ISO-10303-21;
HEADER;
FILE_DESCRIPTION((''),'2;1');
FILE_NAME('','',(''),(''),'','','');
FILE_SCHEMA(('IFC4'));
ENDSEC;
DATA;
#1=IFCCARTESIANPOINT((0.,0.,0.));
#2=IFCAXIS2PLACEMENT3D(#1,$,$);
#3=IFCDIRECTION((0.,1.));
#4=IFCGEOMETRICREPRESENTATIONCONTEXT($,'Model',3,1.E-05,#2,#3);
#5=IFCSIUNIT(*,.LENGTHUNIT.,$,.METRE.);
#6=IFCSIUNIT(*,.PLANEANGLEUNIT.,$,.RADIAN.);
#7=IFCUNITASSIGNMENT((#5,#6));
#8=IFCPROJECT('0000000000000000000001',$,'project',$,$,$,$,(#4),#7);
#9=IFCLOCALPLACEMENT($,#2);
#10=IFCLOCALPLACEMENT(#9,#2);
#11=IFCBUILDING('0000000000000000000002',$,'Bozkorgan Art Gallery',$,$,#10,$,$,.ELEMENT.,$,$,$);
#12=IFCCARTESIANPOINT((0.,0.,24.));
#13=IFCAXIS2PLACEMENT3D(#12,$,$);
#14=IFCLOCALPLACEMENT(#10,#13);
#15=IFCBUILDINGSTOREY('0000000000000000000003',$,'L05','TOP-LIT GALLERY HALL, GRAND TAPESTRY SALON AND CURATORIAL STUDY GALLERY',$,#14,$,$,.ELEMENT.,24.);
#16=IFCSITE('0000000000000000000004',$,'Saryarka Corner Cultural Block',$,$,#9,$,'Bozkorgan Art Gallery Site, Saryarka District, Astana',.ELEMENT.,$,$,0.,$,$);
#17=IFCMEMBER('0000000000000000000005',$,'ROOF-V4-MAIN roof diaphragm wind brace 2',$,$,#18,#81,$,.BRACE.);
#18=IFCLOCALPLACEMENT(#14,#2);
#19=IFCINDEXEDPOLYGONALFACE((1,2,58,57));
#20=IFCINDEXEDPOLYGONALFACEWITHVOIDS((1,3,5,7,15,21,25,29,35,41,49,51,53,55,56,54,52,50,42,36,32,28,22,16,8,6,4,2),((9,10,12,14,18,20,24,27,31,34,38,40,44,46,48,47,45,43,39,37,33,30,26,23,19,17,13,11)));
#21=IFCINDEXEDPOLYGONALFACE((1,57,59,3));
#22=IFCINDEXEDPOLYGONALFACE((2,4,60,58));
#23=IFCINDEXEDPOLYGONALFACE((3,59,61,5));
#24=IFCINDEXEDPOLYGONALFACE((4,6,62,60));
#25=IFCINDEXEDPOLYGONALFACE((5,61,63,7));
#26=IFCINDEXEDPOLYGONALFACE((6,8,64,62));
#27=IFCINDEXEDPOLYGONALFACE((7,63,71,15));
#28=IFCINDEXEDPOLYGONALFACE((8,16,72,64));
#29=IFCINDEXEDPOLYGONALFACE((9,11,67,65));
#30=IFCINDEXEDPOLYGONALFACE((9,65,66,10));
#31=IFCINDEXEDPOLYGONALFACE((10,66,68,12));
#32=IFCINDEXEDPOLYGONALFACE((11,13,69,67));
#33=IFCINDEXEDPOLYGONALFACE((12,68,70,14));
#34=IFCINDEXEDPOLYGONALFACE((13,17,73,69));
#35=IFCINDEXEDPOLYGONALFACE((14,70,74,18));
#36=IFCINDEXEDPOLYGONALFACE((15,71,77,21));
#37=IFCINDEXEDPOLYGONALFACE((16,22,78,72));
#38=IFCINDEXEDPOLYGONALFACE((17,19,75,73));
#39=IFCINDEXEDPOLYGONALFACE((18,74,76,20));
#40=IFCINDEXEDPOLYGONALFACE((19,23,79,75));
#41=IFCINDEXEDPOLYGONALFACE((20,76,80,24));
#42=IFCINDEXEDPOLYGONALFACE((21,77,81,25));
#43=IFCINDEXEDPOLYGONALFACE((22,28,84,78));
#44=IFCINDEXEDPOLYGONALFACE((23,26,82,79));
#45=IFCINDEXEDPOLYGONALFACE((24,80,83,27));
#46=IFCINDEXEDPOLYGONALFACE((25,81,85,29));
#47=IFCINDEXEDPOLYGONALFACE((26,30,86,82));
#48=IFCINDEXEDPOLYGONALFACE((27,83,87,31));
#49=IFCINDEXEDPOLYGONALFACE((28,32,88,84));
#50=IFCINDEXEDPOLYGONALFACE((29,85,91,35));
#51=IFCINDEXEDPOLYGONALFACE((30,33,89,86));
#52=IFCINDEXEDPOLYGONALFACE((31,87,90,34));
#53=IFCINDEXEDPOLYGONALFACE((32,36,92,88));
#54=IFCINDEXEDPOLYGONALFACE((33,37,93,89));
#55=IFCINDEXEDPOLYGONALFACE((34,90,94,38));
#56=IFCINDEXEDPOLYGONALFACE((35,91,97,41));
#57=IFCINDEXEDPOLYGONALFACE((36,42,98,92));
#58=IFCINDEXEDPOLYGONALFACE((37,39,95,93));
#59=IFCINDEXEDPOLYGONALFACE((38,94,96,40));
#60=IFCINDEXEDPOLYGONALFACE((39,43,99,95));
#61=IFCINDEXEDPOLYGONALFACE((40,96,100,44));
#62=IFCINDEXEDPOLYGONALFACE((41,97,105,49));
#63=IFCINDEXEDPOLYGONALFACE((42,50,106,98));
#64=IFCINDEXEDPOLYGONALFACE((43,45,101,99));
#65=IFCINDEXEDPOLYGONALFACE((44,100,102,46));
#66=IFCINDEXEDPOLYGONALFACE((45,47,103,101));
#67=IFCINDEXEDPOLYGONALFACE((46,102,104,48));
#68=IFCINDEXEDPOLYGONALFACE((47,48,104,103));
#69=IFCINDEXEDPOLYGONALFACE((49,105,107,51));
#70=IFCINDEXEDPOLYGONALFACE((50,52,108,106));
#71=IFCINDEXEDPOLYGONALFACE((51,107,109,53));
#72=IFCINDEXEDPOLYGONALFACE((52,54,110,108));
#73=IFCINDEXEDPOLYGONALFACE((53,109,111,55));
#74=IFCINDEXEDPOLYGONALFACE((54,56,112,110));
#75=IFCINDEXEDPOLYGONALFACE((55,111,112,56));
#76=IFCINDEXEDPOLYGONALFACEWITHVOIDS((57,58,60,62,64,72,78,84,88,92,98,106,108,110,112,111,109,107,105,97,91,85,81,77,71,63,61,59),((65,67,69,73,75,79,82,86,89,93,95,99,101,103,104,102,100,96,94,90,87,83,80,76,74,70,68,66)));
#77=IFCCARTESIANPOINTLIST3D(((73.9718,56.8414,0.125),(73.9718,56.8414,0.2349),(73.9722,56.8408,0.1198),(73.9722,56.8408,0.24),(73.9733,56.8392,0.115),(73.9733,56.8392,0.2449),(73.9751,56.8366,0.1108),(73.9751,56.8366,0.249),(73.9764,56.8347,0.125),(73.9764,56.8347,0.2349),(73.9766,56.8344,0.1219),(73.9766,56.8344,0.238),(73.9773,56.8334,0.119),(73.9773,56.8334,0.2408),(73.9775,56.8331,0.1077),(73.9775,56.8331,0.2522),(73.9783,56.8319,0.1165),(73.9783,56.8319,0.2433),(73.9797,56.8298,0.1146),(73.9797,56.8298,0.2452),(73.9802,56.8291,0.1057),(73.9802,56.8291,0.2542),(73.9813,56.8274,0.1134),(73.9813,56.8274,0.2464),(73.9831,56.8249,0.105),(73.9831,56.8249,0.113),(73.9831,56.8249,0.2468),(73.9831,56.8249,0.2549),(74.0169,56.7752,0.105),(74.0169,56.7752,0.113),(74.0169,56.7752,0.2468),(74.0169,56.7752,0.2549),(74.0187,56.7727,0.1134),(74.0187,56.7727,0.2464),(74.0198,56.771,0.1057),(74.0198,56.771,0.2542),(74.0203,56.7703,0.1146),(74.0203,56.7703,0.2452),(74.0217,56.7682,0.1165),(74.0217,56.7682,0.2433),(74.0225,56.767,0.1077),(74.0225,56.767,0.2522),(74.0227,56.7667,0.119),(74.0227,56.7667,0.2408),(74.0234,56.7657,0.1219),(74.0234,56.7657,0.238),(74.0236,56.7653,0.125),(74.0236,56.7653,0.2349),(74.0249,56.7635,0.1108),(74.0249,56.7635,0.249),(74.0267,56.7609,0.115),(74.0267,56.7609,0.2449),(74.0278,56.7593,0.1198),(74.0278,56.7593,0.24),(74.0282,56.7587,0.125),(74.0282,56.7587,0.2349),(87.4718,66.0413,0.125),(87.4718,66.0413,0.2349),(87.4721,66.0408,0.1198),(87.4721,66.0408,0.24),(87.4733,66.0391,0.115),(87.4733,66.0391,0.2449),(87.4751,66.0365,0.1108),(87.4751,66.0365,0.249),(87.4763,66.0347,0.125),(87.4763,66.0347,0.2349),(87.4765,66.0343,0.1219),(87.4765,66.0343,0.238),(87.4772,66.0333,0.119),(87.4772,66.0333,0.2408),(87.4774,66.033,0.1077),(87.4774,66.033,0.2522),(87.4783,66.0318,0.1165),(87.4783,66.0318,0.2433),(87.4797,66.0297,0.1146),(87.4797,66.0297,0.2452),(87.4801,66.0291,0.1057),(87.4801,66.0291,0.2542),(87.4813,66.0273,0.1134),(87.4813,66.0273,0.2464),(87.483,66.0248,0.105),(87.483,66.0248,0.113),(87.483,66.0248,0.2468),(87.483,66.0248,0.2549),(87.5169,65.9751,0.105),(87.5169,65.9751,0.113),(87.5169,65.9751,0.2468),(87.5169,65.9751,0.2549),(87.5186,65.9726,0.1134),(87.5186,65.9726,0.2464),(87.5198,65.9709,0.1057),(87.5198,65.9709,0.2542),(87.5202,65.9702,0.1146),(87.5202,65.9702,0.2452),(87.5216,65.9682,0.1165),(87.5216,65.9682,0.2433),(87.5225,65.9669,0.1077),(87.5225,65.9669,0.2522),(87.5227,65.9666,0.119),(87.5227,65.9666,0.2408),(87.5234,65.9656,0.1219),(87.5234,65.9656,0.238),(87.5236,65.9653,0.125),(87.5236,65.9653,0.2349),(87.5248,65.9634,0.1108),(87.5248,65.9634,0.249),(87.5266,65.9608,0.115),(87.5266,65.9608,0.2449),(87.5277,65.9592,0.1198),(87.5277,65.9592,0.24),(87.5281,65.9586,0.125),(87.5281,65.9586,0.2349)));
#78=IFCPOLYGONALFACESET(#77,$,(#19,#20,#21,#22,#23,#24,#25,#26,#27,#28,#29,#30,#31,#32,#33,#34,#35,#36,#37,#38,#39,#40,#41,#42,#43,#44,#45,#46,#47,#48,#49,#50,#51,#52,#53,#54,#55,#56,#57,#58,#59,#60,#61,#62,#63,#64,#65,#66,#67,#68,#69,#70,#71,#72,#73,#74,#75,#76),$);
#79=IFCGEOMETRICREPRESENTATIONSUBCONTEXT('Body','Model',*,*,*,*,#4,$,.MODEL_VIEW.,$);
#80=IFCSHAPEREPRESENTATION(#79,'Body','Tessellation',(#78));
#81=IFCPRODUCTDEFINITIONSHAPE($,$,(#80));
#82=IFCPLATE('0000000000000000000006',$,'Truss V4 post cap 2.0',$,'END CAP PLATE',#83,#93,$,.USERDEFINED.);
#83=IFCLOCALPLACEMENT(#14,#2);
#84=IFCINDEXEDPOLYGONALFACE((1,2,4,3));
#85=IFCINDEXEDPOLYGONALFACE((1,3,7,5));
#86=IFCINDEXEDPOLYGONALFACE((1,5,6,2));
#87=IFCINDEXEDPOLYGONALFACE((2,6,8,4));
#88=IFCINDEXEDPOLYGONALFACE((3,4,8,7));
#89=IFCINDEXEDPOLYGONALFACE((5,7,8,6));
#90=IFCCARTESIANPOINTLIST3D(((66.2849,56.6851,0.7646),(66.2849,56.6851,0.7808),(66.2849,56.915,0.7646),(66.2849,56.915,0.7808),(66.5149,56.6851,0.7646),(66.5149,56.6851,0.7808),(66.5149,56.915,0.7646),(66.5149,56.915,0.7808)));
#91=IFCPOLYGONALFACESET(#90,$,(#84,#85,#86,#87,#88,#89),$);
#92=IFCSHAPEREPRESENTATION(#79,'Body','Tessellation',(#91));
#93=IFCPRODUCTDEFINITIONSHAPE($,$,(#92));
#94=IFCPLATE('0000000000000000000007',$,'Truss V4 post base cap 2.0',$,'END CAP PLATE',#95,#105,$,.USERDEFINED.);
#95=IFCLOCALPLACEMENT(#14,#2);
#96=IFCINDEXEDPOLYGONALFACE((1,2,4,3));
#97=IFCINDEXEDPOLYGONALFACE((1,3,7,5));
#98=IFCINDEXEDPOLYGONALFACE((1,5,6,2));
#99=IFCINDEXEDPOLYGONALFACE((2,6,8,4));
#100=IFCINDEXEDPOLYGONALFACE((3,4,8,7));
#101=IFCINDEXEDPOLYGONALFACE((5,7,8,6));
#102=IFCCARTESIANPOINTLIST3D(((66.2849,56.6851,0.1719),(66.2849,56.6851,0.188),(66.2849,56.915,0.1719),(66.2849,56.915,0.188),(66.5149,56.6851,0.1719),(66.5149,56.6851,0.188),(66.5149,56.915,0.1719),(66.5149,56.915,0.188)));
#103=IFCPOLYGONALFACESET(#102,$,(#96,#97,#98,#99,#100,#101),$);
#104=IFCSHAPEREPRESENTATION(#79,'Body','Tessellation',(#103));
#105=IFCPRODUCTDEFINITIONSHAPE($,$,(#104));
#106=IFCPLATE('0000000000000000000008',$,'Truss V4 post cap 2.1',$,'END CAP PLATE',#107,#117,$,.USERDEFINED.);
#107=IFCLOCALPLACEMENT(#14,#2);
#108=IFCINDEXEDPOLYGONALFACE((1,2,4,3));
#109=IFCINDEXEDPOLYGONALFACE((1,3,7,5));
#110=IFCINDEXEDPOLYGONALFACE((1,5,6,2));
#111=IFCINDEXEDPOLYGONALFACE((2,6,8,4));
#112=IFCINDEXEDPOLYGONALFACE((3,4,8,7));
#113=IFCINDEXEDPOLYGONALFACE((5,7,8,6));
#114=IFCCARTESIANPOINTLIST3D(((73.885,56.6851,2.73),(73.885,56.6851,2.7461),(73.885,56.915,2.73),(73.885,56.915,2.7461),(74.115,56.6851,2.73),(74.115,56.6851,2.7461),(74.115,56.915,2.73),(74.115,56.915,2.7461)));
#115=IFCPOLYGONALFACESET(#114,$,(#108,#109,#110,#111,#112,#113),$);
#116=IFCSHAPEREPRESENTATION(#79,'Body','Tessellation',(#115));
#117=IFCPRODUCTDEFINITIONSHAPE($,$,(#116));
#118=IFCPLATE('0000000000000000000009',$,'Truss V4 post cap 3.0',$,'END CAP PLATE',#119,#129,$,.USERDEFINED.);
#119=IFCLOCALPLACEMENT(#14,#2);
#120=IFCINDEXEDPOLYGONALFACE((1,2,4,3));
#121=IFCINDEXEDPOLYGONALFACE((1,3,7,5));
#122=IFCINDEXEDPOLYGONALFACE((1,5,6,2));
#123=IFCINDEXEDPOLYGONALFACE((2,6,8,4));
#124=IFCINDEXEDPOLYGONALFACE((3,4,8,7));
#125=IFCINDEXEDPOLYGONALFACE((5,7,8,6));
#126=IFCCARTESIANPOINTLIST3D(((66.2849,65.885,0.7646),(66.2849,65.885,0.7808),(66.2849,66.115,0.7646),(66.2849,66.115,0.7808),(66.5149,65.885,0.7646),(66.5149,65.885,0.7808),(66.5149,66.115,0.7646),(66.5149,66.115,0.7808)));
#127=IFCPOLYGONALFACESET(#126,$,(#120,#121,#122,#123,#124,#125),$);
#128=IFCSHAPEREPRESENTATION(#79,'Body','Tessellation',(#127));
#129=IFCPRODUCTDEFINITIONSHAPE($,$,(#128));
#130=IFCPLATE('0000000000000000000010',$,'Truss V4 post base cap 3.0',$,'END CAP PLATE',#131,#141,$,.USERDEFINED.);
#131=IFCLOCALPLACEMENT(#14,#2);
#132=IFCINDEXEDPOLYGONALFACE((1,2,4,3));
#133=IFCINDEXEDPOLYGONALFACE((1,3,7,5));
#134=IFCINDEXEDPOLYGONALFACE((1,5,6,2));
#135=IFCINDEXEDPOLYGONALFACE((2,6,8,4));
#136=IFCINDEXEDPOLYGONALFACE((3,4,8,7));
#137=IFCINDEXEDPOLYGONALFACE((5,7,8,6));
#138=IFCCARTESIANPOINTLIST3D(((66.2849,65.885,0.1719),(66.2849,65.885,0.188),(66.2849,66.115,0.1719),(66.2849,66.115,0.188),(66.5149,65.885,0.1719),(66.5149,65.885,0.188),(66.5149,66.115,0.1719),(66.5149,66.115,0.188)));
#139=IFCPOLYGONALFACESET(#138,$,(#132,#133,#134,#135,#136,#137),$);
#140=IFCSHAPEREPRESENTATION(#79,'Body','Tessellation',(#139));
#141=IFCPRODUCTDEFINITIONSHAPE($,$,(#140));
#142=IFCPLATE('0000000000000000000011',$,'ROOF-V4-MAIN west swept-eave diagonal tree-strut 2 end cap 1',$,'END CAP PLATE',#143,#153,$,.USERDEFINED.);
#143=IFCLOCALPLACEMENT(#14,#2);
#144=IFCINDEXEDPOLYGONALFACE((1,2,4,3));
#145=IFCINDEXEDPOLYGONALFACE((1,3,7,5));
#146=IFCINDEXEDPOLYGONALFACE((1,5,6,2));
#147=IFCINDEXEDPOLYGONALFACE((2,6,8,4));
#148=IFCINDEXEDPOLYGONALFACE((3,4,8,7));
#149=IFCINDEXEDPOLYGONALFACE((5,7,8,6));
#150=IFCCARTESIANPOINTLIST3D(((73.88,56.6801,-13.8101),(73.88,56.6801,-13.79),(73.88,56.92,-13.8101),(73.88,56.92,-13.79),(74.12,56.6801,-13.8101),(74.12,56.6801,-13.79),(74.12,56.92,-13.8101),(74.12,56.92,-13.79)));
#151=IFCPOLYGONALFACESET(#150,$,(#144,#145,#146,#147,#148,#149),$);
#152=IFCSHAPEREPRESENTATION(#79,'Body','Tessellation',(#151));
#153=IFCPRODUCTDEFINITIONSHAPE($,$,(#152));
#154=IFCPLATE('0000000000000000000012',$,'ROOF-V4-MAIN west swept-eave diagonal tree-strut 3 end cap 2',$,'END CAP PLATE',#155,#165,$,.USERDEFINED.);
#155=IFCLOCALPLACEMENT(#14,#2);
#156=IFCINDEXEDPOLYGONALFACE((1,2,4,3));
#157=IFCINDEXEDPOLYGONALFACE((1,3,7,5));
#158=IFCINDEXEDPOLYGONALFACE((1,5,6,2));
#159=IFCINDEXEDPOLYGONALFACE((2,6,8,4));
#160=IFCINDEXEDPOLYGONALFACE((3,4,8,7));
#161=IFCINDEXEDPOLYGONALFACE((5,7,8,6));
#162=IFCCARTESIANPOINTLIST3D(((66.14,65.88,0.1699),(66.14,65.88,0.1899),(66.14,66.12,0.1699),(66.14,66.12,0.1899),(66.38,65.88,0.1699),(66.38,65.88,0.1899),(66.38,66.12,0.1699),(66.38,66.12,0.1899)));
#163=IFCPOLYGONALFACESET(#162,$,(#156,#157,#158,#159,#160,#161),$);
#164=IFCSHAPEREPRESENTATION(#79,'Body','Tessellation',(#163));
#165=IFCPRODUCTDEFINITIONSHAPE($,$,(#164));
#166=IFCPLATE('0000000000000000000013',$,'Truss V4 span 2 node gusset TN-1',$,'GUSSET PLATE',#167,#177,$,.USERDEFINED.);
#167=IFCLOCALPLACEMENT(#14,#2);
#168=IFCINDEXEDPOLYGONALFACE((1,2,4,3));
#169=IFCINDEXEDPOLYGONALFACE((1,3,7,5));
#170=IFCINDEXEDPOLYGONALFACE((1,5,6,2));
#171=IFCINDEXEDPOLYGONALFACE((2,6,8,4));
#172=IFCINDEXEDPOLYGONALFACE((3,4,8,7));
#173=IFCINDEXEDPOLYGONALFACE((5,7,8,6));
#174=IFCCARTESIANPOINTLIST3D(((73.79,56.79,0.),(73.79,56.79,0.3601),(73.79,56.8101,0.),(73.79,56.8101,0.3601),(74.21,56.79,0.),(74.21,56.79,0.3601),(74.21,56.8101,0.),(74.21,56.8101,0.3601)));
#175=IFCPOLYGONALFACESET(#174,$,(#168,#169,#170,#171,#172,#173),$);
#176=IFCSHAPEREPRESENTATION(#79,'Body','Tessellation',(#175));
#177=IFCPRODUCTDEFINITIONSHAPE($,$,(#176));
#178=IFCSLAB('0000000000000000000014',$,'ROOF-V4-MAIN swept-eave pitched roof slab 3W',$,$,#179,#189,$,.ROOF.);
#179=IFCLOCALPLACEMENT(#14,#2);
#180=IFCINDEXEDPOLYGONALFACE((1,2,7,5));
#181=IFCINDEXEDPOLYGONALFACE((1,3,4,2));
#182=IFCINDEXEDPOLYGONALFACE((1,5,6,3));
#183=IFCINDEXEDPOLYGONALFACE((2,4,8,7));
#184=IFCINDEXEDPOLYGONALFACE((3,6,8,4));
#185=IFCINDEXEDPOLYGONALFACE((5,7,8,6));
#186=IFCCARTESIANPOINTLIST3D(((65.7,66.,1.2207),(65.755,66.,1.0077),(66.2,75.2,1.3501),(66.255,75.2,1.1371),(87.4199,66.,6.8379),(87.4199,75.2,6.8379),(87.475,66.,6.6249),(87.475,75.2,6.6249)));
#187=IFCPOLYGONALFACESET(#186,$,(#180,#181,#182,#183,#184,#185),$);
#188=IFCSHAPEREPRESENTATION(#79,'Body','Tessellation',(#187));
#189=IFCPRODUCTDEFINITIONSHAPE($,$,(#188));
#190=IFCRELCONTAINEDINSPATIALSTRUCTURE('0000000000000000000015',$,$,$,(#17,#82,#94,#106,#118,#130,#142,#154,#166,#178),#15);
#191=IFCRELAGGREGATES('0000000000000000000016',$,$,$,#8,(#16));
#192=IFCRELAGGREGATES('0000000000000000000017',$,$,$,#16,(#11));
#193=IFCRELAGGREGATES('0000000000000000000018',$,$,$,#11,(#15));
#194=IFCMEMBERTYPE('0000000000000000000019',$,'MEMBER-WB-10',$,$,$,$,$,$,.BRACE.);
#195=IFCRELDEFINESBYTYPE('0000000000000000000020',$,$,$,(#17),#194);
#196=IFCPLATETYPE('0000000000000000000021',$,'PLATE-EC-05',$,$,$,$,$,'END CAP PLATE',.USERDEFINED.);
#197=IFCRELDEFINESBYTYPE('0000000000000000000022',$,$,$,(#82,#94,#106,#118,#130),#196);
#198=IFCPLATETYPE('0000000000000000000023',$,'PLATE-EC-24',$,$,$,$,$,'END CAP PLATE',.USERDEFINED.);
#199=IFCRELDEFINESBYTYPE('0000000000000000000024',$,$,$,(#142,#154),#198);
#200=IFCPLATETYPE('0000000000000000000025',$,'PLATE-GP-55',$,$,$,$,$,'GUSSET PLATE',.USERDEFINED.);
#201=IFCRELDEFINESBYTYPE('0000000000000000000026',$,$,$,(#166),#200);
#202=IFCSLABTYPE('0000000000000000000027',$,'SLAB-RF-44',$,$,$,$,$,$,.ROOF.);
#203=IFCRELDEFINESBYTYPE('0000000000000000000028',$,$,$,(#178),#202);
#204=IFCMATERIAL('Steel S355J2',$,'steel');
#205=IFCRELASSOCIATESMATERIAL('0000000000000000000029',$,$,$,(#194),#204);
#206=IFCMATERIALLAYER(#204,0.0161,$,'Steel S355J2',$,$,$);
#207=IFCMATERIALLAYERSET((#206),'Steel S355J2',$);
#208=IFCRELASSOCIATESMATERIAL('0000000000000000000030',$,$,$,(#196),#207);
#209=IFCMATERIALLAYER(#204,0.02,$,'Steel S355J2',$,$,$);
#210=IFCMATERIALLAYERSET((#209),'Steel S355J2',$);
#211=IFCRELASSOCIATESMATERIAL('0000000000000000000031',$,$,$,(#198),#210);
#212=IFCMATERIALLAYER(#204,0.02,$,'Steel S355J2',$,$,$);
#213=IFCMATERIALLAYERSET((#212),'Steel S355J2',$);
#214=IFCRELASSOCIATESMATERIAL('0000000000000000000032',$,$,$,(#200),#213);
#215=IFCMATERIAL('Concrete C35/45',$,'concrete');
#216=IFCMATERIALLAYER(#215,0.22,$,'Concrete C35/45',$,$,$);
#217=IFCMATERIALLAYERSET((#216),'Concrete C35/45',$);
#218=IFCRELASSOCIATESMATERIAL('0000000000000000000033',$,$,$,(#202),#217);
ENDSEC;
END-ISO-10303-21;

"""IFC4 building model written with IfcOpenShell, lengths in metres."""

from ifc_helpers import new_model, si_unit, direction, frame, origin, origin_2d, place, context, subcontext, project, spatial, polyline, rectangle, hollow_rectangle, outline, extrude, material, layer, layer_set, material_profile, profile_set, type_object, element, save


model = new_model("IFC4")

# Units and contexts
model_context = context("Model", 3, precision=1e-05, world=origin(), true_north=direction((0.0, 1.0)))
body_context = subcontext(model_context, "Body", "Model", "MODEL_VIEW")
ifc_project = project(units=[si_unit("LENGTHUNIT", "METRE"), si_unit("PLANEANGLEUNIT", "RADIAN")], contexts=[model_context])

# Site, building, storey
site_placement = place(None, origin())
site = spatial("IfcSite", under=ifc_project, at=site_placement, Name="Saryarka Corner Cultural Block", LongName="Bozkorgan Art Gallery Site, Saryarka District, Astana", CompositionType="ELEMENT", RefElevation=0.0)
building_placement = place(site_placement, origin())
building = spatial("IfcBuilding", under=site, at=building_placement, Name="Bozkorgan Art Gallery", CompositionType="ELEMENT")
storey_placement = place(building_placement, frame((0.0, 0.0, 24.0)))
storey = spatial("IfcBuildingStorey", under=building, at=storey_placement, Name="L05", Description="TOP-LIT GALLERY HALL, GRAND TAPESTRY SALON AND CURATORIAL STUDY GALLERY", CompositionType="ELEMENT", Elevation=24.0)

# Shared definitions
ifc_material_1 = material(Name="Steel S355J2", Category="steel")

# Member
ifc_material_profile_1 = material_profile(ifc_material_1, hollow_rectangle(XDim=0.1001, YDim=0.1499, WallThickness=0.0081, InnerFilletRadius=0.012, OuterFilletRadius=0.02, at=origin_2d()), Name="RHS 150x100x8")
ifc_profile_set_1 = profile_set([ifc_material_profile_1], Name="Steel S355J2")
member_type_1 = type_object("IfcMemberType", Name="MEMBER-WB-10", PredefinedType="BRACE", material=ifc_profile_set_1)
member_1_placement = place(storey_placement, frame((74.0, 56.8, 0.1799), z_axis=(0.826358, 0.563145, 0.0), x_axis=(-0.563145, 0.826358, 0.0)))
element("IfcMember", 1, at=member_1_placement, inside=storey, type_object=member_type_1, Name="ROOF-V4-MAIN roof diaphragm wind brace 2", PredefinedType="BRACE", context=body_context, shape_type="SweptSolid", body=[
    extrude(hollow_rectangle(XDim=0.1001, YDim=0.1499, WallThickness=0.0081, InnerFilletRadius=0.012, OuterFilletRadius=0.02, at=origin_2d()), origin(), (0.0, 0.0, 1.0), 16.3367),
])

# Plates
ifc_layer_1 = layer(ifc_material_1, 0.0161, Name="Steel S355J2")
ifc_layer_set_1 = layer_set([ifc_layer_1], Name="Steel S355J2")
plate_type_1 = type_object("IfcPlateType", Name="PLATE-EC-05", ElementType="END CAP PLATE", PredefinedType="USERDEFINED", material=ifc_layer_set_1)
for number, where, z_axis, x_axis, name in (
    (2, (66.3999, 56.8, 0.7646), (0.0, 0.0, 1.0), (1.0, 0.0, 0.0), "Truss V4 post cap 2.0"),
    (3, (66.3999, 56.8, 0.1719), (0.0, 0.0, 1.0), (1.0, 0.0, 0.0), "Truss V4 post base cap 2.0"),
    (4, (74.0, 56.8, 2.73), (0.0, 0.0, 1.0), (1.0, 0.0, 0.0), "Truss V4 post cap 2.1"),
    (5, (66.3999, 66.0, 0.7646), (0.0, 0.0, 1.0), (1.0, 0.0, 0.0), "Truss V4 post cap 3.0"),
    (6, (66.3999, 66.0, 0.1719), (0.0, 0.0, 1.0), (1.0, 0.0, 0.0), "Truss V4 post base cap 3.0"),
):
    element("IfcPlate", number, at=place(storey_placement, frame(where, z_axis=z_axis, x_axis=x_axis)), inside=storey, type_object=plate_type_1, Name=name, ObjectType="END CAP PLATE", PredefinedType="USERDEFINED", context=body_context, shape_type="SweptSolid", body=[
        extrude(rectangle(XDim=0.23, YDim=0.23, at=origin_2d()), origin(), (0.0, 0.0, 1.0), 0.0161),
    ])
ifc_layer_2 = layer(ifc_material_1, 0.02, Name="Steel S355J2")
ifc_layer_set_2 = layer_set([ifc_layer_2], Name="Steel S355J2")
plate_type_2 = type_object("IfcPlateType", Name="PLATE-EC-24", ElementType="END CAP PLATE", PredefinedType="USERDEFINED", material=ifc_layer_set_2)
for number, where, z_axis, x_axis, name in (
    (7, (74.0, 56.8, -13.8101), (0.0, 0.0, 1.0), (1.0, 0.0, 0.0), "ROOF-V4-MAIN west swept-eave diagonal tree-strut 2 end cap 1"),
    (8, (66.26, 66.0, 0.1699), (0.0, 0.0, 1.0), (1.0, 0.0, 0.0), "ROOF-V4-MAIN west swept-eave diagonal tree-strut 3 end cap 2"),
):
    element("IfcPlate", number, at=place(storey_placement, frame(where, z_axis=z_axis, x_axis=x_axis)), inside=storey, type_object=plate_type_2, Name=name, ObjectType="END CAP PLATE", PredefinedType="USERDEFINED", context=body_context, shape_type="SweptSolid", body=[
        extrude(rectangle(XDim=0.24, YDim=0.24, at=origin_2d()), origin(), (0.0, 0.0, 1.0), 0.02),
    ])
ifc_layer_3 = layer(ifc_material_1, 0.02, Name="Steel S355J2")
ifc_layer_set_3 = layer_set([ifc_layer_3], Name="Steel S355J2")
plate_type_3 = type_object("IfcPlateType", Name="PLATE-GP-55", ElementType="GUSSET PLATE", PredefinedType="USERDEFINED", material=ifc_layer_set_3)
plate_placement = place(storey_placement, frame((74.0, 56.8, 0.0), z_axis=(0.0, 0.0, 1.0), x_axis=(1.0, 0.0, 0.0)))
element("IfcPlate", 9, at=plate_placement, inside=storey, type_object=plate_type_3, Name="Truss V4 span 2 node gusset TN-1", ObjectType="GUSSET PLATE", PredefinedType="USERDEFINED", context=body_context, shape_type="SweptSolid", body=[
    extrude(rectangle(XDim=0.4199, YDim=0.02, at=origin_2d()), origin(), (0.0, 0.0, 1.0), 0.3601),
])

# Slab
ifc_material_2 = material(Name="Concrete C35/45", Category="concrete")
ifc_layer_4 = layer(ifc_material_2, 0.22, Name="Concrete C35/45")
ifc_layer_set_4 = layer_set([ifc_layer_4], Name="Concrete C35/45")
slab_type = type_object("IfcSlabType", Name="SLAB-RF-44", PredefinedType="ROOF", material=ifc_layer_set_4)
slab_placement = place(storey_placement, frame((65.7, 66.0, 1.2207), z_axis=(-0.250379, -0.000005, 0.968148), x_axis=(0.968148, 0.0, 0.250379)))
element("IfcSlab", 10, at=slab_placement, inside=storey, type_object=slab_type, Name="ROOF-V4-MAIN swept-eave pitched roof slab 3W", PredefinedType="ROOF", context=body_context, shape_type="SweptSolid", body=[
    extrude(outline(polyline([(0.0, 0.0), (22.4346, 0.0), (22.4346, 9.2), (0.5165, 9.2), (0.0, 0.0)])), origin(), (0.0, 0.0, -1.0), 0.22),
])

save(model, "model.ifc")
